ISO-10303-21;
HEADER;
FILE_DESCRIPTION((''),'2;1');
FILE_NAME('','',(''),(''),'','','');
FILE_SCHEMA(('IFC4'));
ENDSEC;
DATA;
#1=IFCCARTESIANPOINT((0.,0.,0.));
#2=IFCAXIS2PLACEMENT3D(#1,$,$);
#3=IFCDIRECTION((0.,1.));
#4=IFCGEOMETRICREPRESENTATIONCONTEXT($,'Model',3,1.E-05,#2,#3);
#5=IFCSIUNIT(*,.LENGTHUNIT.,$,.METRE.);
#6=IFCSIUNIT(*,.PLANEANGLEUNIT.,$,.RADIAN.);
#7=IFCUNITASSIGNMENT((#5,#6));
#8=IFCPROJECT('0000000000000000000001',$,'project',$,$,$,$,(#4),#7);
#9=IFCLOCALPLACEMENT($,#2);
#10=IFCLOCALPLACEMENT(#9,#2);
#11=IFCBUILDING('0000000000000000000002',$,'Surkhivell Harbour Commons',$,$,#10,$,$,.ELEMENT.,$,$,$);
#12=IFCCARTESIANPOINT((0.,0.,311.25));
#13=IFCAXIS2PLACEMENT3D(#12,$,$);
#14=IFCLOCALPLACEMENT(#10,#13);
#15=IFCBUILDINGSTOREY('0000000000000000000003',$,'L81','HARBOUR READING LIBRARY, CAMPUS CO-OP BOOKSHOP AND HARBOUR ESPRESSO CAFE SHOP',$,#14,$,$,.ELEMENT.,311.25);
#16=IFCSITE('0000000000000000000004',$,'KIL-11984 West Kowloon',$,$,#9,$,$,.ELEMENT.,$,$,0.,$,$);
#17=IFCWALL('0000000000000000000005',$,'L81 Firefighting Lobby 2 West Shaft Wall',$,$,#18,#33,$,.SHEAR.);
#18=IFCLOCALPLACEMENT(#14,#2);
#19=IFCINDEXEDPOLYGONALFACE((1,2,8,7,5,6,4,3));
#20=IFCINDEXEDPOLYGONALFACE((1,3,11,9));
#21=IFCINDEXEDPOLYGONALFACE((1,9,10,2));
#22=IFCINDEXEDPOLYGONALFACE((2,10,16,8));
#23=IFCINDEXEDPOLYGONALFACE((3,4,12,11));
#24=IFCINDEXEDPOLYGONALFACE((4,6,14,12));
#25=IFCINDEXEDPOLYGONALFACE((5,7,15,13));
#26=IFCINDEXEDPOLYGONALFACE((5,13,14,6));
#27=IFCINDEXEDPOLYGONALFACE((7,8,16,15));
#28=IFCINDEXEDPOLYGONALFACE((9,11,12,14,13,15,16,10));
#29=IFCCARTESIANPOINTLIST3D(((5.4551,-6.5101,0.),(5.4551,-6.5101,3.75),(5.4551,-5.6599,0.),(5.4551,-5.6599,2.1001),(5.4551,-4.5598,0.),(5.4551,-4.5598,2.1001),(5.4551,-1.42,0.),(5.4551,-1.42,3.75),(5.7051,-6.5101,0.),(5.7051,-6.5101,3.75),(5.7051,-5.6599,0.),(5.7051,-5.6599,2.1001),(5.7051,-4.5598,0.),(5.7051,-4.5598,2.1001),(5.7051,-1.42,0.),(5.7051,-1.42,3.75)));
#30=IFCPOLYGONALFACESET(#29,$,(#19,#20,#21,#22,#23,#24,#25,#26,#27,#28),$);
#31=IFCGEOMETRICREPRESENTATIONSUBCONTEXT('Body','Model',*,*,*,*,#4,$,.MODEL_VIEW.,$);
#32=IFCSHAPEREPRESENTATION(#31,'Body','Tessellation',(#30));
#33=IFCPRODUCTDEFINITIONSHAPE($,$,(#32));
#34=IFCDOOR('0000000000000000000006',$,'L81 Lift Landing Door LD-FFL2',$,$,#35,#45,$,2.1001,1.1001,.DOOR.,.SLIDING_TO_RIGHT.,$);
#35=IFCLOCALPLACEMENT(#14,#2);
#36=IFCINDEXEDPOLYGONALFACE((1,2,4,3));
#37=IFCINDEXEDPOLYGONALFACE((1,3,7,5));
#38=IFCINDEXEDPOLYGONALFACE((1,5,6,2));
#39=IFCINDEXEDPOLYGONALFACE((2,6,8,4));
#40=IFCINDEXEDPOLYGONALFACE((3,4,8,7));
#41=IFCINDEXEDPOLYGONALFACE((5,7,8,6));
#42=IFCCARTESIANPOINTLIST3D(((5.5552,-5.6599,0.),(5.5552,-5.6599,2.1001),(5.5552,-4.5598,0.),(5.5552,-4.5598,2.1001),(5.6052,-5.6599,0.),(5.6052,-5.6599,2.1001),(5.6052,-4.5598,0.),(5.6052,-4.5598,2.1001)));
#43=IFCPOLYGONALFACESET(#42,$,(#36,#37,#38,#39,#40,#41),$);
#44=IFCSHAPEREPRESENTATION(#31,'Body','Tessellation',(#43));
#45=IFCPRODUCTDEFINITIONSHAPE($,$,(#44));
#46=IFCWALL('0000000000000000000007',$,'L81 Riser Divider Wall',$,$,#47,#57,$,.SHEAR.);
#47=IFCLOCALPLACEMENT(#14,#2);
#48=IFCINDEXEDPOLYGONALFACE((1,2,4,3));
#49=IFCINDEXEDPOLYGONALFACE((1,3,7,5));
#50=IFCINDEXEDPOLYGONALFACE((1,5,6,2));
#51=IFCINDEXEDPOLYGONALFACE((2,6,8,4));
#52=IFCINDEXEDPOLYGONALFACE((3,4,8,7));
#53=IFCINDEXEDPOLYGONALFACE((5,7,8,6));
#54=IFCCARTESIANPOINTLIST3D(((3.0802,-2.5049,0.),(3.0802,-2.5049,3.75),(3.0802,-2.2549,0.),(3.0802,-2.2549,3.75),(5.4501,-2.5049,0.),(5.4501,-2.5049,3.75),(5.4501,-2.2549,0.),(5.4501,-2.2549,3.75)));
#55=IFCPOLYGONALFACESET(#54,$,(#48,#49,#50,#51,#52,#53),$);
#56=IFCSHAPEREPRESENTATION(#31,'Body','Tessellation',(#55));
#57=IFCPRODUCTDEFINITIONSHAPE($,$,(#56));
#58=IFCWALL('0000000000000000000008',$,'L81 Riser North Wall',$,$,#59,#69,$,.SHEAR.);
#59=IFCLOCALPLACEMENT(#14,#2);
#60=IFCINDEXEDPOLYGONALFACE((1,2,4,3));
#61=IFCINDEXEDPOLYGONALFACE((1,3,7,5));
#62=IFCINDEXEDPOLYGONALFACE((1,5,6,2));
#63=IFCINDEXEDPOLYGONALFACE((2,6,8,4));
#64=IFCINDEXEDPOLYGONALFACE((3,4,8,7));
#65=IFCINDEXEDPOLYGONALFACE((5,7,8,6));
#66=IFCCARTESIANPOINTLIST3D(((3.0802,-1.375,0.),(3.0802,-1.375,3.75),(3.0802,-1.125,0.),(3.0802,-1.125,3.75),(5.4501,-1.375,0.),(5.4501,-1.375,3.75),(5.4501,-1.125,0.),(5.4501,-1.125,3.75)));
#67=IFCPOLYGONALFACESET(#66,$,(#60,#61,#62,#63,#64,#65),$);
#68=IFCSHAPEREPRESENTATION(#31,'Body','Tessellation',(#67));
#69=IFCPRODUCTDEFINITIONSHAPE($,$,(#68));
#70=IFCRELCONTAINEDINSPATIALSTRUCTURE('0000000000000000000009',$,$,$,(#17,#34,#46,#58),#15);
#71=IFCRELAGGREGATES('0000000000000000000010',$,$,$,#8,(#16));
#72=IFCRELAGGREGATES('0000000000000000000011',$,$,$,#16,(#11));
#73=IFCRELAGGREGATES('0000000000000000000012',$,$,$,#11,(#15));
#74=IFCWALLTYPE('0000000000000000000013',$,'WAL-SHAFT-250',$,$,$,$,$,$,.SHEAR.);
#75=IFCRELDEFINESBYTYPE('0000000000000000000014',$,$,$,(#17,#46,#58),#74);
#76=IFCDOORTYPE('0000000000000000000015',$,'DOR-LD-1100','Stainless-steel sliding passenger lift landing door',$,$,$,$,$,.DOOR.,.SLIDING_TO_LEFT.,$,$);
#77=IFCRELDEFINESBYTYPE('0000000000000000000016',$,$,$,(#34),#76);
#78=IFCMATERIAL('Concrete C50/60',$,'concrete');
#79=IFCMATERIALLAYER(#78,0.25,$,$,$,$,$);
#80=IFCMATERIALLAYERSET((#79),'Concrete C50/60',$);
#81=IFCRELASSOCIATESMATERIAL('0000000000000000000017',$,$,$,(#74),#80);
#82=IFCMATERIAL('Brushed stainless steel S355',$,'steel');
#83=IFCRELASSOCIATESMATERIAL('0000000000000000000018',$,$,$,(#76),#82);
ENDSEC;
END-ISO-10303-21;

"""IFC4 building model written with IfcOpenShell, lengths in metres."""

from ifc_helpers import new_model, si_unit, direction, frame, frame_2d, origin, place, context, subcontext, project, spatial, rectangle, extrude, material, layer, layer_set, type_object, element, fill, save


model = new_model("IFC4")

# Units and contexts
model_context = context("Model", 3, precision=1e-05, world=origin(), true_north=direction((0.0, 1.0)))
body_context = subcontext(model_context, "Body", "Model", "MODEL_VIEW")
ifc_project = project(units=[si_unit("LENGTHUNIT", "METRE"), si_unit("PLANEANGLEUNIT", "RADIAN")], contexts=[model_context])

# Site, building, storey
site_placement = place(None, origin())
site = spatial("IfcSite", under=ifc_project, at=site_placement, Name="KIL-11984 West Kowloon", CompositionType="ELEMENT", RefElevation=0.0)
building_placement = place(site_placement, origin())
building = spatial("IfcBuilding", under=site, at=building_placement, Name="Surkhivell Harbour Commons", CompositionType="ELEMENT")
storey_placement = place(building_placement, frame((0.0, 0.0, 311.25)))
storey = spatial("IfcBuildingStorey", under=building, at=storey_placement, Name="L81", Description="HARBOUR READING LIBRARY, CAMPUS CO-OP BOOKSHOP AND HARBOUR ESPRESSO CAFE SHOP", CompositionType="ELEMENT", Elevation=311.25)

# Shared definitions
ifc_material_1 = material(Name="Concrete C50/60", Category="concrete")

# Shared definitions
ifc_layer_1 = layer(ifc_material_1, 0.25)
ifc_layer_set_1 = layer_set([ifc_layer_1], Name="Concrete C50/60")
wall_type_1 = type_object("IfcWallType", Name="WAL-SHAFT-250", PredefinedType="SHEAR", material=ifc_layer_set_1)

# Wall, opening, door
wall_1_placement = place(storey_placement, frame((5.5801, -6.51, 0.0), z_axis=(0.0, 0.0, 1.0), x_axis=(0.0, 1.0, 0.0)))
wall_1 = element("IfcWall", 1, at=wall_1_placement, inside=storey, type_object=wall_type_1, Name="L81 Firefighting Lobby 2 West Shaft Wall", PredefinedType="SHEAR", context=body_context, shape_type="SweptSolid", body=[
    extrude(rectangle(XDim=5.0901, YDim=0.25, at=frame_2d((2.5449, 0.0))), origin(), (0.0, 0.0, 1.0), 3.75),
])
opening_1_placement = place(wall_1_placement, frame((0.8501, 0.0, 0.0)))
opening_1 = element("IfcOpeningElement", 2, at=opening_1_placement, cuts=wall_1, PredefinedType="OPENING", context=body_context, shape_type="SweptSolid", body=[
    extrude(rectangle(XDim=1.1001, YDim=2.1001, at=frame_2d((0.55, 1.05))), frame((0.0, 0.135, 0.0), z_axis=(0.0, -1.0, 0.0), x_axis=(1.0, 0.0, 0.0)), (0.0, 0.0, 1.0), 0.27),
])
ifc_material_2 = material(Name="Brushed stainless steel S355", Category="steel")
door_type_1 = type_object("IfcDoorType", Name="DOR-LD-1100", Description="Stainless-steel sliding passenger lift landing door", OperationType="SLIDING_TO_LEFT", PredefinedType="DOOR", material=ifc_material_2)
door_1_placement = place(opening_1_placement, origin())
door_1 = element("IfcDoor", 3, at=door_1_placement, inside=storey, type_object=door_type_1, Name="L81 Lift Landing Door LD-FFL2", OperationType="SLIDING_TO_RIGHT", OverallHeight=2.1001, OverallWidth=1.1001, PredefinedType="DOOR", context=body_context, shape_type="SweptSolid", body=[
    extrude(rectangle(XDim=1.1001, YDim=2.1001, at=frame_2d((0.55, 1.05))), frame((0.0, 0.0249, 0.0), z_axis=(0.0, -1.0, 0.0), x_axis=(1.0, 0.0, 0.0)), (0.0, 0.0, 1.0), 0.05),
])
fill(opening_1, door_1)

# Walls
for number, where, z_axis, x_axis, name in (
    (4, (3.0801, -2.3799, 0.0), (0.0, 0.0, 1.0), (1.0, 0.0, 0.0), "L81 Riser Divider Wall"),
    (5, (3.0801, -1.25, 0.0), (0.0, 0.0, 1.0), (1.0, 0.0, 0.0), "L81 Riser North Wall"),
):
    element("IfcWall", number, at=place(storey_placement, frame(where, z_axis=z_axis, x_axis=x_axis)), inside=storey, type_object=wall_type_1, Name=name, PredefinedType="SHEAR", context=body_context, shape_type="SweptSolid", body=[
        extrude(rectangle(XDim=2.3699, YDim=0.25, at=frame_2d((1.1851, 0.0))), origin(), (0.0, 0.0, 1.0), 3.75),
    ])

save(model, "model.ifc")
